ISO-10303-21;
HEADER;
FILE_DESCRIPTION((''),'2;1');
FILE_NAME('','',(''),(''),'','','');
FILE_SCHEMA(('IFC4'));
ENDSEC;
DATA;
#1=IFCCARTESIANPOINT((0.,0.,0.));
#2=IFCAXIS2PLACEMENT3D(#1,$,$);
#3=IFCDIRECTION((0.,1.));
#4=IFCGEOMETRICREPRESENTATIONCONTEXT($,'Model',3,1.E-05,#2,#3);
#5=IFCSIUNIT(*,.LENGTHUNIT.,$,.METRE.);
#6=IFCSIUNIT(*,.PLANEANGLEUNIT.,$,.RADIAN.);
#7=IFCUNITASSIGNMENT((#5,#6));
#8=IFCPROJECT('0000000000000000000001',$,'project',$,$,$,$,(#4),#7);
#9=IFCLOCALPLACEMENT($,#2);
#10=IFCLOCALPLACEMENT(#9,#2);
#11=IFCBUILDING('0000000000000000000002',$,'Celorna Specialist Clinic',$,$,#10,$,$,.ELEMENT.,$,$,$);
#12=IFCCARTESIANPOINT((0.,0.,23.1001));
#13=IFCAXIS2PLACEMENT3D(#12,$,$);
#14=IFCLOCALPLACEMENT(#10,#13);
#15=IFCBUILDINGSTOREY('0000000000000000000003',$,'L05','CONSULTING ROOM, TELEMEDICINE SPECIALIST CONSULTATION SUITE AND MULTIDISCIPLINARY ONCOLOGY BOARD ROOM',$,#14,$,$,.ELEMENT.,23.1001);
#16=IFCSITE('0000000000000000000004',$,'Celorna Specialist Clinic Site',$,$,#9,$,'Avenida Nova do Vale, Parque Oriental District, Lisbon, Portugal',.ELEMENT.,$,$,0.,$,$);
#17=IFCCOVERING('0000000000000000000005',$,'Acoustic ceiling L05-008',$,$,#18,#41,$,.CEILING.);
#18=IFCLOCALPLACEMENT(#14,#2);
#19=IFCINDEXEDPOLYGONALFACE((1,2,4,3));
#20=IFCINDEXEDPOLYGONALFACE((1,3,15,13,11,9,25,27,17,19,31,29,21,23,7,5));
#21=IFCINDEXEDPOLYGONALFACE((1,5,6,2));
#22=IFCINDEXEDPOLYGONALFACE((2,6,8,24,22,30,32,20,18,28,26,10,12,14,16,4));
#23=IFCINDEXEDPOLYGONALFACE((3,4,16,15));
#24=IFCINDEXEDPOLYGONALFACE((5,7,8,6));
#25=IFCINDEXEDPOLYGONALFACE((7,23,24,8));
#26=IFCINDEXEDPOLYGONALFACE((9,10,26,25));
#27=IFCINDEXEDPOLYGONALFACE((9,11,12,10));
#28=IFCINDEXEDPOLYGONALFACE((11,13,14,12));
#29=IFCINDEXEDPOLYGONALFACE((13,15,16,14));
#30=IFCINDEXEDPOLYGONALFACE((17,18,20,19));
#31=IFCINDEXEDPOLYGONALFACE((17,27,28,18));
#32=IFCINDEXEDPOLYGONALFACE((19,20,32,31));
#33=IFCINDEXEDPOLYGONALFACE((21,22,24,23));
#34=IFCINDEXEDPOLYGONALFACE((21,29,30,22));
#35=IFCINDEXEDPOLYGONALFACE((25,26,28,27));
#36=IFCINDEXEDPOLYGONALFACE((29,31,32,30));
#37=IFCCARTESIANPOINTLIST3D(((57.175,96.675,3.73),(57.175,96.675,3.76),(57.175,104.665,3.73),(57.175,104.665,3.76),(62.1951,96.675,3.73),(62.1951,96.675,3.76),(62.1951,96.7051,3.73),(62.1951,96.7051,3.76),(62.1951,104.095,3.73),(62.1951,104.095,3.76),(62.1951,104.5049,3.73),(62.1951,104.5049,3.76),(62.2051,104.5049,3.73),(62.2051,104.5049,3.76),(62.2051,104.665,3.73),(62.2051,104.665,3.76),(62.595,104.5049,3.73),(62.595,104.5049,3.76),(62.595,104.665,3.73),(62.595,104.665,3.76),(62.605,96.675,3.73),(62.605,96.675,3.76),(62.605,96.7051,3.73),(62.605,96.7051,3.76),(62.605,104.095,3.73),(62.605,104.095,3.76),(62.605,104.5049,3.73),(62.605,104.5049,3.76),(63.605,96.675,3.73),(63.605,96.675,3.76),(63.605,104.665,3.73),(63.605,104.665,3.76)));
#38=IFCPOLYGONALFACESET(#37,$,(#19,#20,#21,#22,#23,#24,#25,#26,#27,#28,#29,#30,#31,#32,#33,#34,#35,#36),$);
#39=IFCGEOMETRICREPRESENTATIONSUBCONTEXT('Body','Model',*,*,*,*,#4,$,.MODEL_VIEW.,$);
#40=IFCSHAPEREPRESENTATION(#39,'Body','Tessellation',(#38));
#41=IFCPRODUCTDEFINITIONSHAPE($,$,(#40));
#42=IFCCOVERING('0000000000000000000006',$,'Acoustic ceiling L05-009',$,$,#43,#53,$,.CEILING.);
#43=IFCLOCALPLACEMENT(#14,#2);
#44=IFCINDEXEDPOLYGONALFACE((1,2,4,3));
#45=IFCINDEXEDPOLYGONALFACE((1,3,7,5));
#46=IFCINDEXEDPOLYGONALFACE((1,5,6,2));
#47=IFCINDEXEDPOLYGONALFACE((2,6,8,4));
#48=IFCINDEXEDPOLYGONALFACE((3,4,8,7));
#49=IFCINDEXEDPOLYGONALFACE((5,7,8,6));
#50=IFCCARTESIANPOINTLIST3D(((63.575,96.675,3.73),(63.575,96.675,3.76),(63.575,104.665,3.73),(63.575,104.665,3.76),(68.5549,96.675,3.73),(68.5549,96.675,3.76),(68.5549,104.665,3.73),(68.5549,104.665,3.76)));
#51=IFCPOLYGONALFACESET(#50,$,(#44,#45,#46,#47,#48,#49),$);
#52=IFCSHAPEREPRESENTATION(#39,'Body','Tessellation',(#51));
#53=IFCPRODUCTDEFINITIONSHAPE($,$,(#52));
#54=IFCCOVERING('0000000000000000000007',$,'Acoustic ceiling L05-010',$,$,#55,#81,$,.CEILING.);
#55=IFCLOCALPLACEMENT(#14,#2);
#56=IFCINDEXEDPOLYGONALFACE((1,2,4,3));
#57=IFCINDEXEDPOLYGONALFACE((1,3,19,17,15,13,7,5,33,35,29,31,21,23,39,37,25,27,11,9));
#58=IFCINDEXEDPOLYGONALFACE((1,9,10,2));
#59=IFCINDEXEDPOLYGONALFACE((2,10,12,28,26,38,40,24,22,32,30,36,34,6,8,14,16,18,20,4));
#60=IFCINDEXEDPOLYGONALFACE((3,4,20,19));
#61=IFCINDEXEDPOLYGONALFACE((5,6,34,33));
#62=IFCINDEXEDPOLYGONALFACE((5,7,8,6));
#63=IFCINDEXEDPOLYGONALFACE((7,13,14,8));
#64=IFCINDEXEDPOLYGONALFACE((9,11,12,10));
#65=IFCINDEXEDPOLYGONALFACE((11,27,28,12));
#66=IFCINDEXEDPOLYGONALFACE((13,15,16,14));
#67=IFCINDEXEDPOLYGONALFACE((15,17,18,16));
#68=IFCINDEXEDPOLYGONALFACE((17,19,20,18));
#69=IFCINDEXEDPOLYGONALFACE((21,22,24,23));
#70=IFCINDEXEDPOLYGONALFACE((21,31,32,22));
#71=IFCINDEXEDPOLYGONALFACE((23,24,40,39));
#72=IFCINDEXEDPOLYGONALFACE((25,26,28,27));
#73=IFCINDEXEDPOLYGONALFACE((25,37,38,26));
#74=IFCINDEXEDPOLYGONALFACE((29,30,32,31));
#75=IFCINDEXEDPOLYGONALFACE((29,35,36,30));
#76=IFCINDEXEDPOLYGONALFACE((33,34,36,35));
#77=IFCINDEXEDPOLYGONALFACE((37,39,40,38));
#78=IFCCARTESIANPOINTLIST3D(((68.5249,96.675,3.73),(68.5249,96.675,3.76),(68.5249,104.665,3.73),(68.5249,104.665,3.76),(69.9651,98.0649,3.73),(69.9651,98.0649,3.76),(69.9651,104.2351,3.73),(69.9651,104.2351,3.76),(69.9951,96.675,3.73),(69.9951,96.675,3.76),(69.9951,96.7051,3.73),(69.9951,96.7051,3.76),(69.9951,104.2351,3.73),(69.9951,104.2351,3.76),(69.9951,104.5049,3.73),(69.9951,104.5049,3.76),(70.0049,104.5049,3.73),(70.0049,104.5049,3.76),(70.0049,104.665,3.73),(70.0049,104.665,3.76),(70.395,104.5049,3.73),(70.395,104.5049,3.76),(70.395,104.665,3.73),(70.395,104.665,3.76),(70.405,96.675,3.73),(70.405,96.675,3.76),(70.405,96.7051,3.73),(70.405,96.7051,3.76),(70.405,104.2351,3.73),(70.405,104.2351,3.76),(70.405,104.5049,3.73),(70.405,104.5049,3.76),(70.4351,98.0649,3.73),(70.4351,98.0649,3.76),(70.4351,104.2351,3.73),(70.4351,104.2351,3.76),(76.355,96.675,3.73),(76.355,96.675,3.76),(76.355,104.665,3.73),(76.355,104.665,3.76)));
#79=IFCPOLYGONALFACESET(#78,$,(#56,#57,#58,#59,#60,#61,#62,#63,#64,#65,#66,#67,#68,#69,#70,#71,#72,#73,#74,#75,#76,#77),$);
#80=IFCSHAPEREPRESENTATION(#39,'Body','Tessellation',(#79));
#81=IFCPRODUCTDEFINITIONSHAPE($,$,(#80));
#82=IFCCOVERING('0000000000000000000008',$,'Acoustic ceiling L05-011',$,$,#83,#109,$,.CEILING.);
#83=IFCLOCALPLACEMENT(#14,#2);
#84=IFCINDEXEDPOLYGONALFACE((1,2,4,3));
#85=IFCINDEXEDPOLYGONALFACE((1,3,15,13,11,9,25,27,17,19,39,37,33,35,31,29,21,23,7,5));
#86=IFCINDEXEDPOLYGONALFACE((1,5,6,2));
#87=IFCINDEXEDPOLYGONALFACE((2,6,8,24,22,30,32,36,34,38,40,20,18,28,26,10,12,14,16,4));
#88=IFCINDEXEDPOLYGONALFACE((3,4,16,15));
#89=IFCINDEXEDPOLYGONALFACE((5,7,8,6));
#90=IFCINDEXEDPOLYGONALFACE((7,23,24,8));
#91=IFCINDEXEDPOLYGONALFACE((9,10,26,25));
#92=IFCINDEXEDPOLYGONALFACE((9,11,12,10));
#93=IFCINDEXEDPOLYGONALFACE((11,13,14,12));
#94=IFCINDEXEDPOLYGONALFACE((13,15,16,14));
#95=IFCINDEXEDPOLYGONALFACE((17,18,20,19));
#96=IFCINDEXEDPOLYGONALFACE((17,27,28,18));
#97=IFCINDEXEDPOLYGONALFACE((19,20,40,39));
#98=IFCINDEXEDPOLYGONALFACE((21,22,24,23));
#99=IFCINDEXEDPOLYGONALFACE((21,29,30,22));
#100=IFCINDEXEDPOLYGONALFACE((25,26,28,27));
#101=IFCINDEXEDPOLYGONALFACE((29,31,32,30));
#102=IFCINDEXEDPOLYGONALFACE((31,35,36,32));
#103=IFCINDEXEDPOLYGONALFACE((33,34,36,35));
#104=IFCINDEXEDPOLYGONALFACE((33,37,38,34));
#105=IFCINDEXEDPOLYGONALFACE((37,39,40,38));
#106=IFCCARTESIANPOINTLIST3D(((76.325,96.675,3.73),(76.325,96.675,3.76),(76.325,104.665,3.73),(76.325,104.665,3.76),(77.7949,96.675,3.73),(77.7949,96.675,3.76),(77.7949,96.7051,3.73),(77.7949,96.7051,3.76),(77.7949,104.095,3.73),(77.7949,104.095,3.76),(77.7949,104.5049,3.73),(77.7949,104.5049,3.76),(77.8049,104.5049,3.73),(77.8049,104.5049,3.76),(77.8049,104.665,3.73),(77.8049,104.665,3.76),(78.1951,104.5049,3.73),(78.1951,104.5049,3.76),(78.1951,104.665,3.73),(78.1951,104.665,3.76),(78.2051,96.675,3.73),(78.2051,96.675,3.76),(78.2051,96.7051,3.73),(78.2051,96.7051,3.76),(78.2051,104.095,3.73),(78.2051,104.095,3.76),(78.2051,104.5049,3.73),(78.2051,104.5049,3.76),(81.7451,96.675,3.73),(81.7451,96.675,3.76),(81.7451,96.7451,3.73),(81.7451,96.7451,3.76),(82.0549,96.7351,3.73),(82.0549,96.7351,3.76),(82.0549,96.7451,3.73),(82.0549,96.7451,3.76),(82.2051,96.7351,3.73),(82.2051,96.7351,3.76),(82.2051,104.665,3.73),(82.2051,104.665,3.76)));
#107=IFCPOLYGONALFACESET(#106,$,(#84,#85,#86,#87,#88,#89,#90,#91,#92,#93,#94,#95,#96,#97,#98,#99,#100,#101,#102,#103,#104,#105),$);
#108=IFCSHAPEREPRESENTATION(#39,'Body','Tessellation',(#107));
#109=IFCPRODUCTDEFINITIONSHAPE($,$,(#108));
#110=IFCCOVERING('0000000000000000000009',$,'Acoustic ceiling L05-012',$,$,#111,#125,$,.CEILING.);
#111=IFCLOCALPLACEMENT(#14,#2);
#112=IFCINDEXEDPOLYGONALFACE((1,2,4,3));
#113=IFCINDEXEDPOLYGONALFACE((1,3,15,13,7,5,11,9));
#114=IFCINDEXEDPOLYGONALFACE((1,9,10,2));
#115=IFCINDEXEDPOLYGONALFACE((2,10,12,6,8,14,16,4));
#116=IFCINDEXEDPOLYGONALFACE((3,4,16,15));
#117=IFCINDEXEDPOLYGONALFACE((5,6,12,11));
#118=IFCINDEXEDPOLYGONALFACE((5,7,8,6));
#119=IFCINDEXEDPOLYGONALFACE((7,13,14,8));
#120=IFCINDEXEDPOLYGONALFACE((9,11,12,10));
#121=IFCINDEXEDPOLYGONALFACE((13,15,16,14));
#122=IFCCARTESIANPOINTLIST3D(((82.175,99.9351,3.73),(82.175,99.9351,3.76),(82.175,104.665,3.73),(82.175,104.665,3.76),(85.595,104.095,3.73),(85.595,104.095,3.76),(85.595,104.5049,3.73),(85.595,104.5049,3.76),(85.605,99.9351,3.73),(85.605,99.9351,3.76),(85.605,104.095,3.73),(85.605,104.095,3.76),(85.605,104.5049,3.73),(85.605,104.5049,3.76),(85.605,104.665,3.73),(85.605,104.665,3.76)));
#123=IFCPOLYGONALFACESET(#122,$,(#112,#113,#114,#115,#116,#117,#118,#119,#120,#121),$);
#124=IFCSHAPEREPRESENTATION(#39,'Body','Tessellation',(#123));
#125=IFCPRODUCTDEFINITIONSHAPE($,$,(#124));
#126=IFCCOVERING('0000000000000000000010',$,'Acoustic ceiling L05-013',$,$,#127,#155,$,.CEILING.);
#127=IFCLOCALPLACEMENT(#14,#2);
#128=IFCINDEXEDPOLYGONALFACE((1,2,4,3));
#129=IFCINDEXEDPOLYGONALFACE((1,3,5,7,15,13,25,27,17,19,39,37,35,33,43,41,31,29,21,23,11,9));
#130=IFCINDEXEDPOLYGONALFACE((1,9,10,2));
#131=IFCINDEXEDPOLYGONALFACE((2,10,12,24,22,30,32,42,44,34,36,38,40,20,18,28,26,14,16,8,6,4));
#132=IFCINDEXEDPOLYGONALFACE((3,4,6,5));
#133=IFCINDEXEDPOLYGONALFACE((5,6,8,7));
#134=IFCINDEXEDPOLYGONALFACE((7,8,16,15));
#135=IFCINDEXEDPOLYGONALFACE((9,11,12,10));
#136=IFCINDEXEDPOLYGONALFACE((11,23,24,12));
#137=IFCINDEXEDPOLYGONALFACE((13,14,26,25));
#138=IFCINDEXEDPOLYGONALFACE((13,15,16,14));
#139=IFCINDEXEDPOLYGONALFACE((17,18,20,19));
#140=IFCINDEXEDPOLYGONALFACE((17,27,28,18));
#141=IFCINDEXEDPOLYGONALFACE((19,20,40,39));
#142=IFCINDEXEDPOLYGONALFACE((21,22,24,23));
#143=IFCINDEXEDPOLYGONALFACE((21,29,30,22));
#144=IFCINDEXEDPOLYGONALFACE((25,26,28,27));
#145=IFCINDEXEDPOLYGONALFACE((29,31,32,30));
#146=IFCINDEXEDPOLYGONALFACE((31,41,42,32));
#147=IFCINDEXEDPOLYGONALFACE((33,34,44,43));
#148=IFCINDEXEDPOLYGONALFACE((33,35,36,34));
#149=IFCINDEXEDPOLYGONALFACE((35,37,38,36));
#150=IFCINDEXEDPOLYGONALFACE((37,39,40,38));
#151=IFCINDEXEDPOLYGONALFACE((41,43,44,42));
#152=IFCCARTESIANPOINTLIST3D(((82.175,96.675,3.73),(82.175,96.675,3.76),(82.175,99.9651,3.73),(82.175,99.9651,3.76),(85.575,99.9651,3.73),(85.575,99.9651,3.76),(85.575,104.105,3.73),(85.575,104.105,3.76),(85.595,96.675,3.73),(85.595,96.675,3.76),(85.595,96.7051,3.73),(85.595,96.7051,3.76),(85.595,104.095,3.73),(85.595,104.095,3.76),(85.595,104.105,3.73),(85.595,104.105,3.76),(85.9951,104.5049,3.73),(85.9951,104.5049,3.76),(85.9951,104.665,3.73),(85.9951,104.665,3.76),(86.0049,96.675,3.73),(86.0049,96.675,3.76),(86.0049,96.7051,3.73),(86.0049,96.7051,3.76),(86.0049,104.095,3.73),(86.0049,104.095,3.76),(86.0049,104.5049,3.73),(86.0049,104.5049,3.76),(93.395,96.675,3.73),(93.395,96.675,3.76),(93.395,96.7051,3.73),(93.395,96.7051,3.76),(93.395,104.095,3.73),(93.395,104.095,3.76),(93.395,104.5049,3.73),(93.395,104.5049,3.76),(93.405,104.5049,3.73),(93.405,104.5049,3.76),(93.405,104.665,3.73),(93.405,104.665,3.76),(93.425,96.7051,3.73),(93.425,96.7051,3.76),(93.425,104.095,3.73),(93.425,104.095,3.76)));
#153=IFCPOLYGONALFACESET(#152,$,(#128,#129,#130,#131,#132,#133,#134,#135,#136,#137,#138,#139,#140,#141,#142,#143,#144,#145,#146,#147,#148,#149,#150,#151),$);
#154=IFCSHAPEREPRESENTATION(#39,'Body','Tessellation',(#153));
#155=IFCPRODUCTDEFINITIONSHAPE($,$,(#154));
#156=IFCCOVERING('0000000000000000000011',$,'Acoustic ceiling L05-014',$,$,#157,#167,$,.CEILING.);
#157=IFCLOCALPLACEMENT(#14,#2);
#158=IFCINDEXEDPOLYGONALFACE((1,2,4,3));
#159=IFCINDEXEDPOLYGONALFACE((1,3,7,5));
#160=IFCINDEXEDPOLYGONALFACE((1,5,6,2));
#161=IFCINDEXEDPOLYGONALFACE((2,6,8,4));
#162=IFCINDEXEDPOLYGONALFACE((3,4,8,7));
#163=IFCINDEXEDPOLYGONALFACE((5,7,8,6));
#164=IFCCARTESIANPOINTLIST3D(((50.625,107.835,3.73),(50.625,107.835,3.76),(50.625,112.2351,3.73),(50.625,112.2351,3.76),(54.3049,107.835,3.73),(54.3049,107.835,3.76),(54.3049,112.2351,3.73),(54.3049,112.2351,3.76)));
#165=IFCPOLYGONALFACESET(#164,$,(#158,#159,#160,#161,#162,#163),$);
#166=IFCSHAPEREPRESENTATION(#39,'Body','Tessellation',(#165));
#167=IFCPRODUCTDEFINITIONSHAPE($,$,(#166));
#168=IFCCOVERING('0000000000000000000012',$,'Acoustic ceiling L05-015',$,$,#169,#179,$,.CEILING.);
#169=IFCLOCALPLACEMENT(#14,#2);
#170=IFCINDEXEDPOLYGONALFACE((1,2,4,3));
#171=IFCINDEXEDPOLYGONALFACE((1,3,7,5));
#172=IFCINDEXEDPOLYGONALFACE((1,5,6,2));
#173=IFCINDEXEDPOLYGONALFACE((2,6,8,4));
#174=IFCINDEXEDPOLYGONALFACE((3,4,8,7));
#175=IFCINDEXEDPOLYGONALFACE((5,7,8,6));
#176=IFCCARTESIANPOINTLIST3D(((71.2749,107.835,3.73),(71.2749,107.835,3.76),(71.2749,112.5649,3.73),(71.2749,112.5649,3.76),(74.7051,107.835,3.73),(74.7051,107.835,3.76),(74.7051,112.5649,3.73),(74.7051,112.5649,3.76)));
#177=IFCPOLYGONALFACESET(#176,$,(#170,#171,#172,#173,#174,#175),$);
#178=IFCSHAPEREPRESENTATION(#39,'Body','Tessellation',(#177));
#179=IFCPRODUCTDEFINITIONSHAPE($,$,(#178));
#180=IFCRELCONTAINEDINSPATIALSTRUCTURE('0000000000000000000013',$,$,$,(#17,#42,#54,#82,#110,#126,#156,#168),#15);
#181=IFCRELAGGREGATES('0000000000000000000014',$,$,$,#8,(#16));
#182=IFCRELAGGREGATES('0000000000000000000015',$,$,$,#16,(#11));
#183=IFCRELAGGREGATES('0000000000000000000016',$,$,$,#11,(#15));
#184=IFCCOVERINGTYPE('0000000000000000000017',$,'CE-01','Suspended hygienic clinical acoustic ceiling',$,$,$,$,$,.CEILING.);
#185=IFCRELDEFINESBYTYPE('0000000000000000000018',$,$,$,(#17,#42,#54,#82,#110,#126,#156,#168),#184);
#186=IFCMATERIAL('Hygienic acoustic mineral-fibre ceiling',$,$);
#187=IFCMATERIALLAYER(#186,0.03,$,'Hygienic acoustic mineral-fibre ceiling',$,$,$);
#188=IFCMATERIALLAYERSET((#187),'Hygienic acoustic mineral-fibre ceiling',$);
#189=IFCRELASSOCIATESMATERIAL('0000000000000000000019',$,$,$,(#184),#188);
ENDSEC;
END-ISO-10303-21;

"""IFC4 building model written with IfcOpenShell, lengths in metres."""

from ifc_helpers import new_model, si_unit, direction, frame, origin, place, context, subcontext, project, spatial, polyline, outline, extrude, material, layer, layer_set, type_object, element, save


model = new_model("IFC4")

# Units and contexts
model_context = context("Model", 3, precision=1e-05, world=origin(), true_north=direction((0.0, 1.0)))
body_context = subcontext(model_context, "Body", "Model", "MODEL_VIEW")
ifc_project = project(units=[si_unit("LENGTHUNIT", "METRE"), si_unit("PLANEANGLEUNIT", "RADIAN")], contexts=[model_context])

# Site, building, storey
site_placement = place(None, origin())
site = spatial("IfcSite", under=ifc_project, at=site_placement, Name="Celorna Specialist Clinic Site", LongName="Avenida Nova do Vale, Parque Oriental District, Lisbon, Portugal", CompositionType="ELEMENT", RefElevation=0.0)
building_placement = place(site_placement, origin())
building = spatial("IfcBuilding", under=site, at=building_placement, Name="Celorna Specialist Clinic", CompositionType="ELEMENT")
storey_placement = place(building_placement, frame((0.0, 0.0, 23.1001)))
storey = spatial("IfcBuildingStorey", under=building, at=storey_placement, Name="L05", Description="CONSULTING ROOM, TELEMEDICINE SPECIALIST CONSULTATION SUITE AND MULTIDISCIPLINARY ONCOLOGY BOARD ROOM", CompositionType="ELEMENT", Elevation=23.1001)

# Coverings
ifc_material_1 = material(Name="Hygienic acoustic mineral-fibre ceiling")
ifc_layer_1 = layer(ifc_material_1, 0.03, Name="Hygienic acoustic mineral-fibre ceiling")
ifc_layer_set_1 = layer_set([ifc_layer_1], Name="Hygienic acoustic mineral-fibre ceiling")
covering_type_1 = type_object("IfcCoveringType", Name="CE-01", Description="Suspended hygienic clinical acoustic ceiling", PredefinedType="CEILING", material=ifc_layer_set_1)
covering_1_placement = place(storey_placement, frame((0.0, 0.0, 3.73)))
element("IfcCovering", 1, at=covering_1_placement, inside=storey, type_object=covering_type_1, Name="Acoustic ceiling L05-008", PredefinedType="CEILING", context=body_context, shape_type="SweptSolid", body=[
    extrude(outline(polyline([(62.2051, 104.665), (62.2051, 104.5049), (62.1951, 104.5049), (62.1951, 104.095), (62.605, 104.095), (62.605, 104.5049), (62.595, 104.5049), (62.595, 104.665), (63.605, 104.665), (63.605, 96.675), (62.605, 96.675), (62.605, 96.7051), (62.1951, 96.7051), (62.1951, 96.675), (57.175, 96.675), (57.175, 104.665), (62.2051, 104.665)])), origin(), (0.0, 0.0, 1.0), 0.03),
])
covering_2_placement = place(storey_placement, frame((0.0, 0.0, 3.73)))
element("IfcCovering", 2, at=covering_2_placement, inside=storey, type_object=covering_type_1, Name="Acoustic ceiling L05-009", PredefinedType="CEILING", context=body_context, shape_type="SweptSolid", body=[
    extrude(outline(polyline([(68.5549, 104.665), (68.5549, 96.675), (63.575, 96.675), (63.575, 104.665), (68.5549, 104.665)])), origin(), (0.0, 0.0, 1.0), 0.03),
])
covering_3_placement = place(storey_placement, frame((0.0, 0.0, 3.73)))
element("IfcCovering", 3, at=covering_3_placement, inside=storey, type_object=covering_type_1, Name="Acoustic ceiling L05-010", PredefinedType="CEILING", context=body_context, shape_type="SweptSolid", body=[
    extrude(outline(polyline([(70.0049, 104.665), (70.0049, 104.5049), (69.9951, 104.5049), (69.9951, 104.2351), (69.9651, 104.2351), (69.9651, 98.0649), (70.4351, 98.0649), (70.4351, 104.2351), (70.405, 104.2351), (70.405, 104.5049), (70.395, 104.5049), (70.395, 104.665), (76.355, 104.665), (76.355, 96.675), (70.405, 96.675), (70.405, 96.7051), (69.9951, 96.7051), (69.9951, 96.675), (68.5249, 96.675), (68.5249, 104.665), (70.0049, 104.665)])), origin(), (0.0, 0.0, 1.0), 0.03),
])
covering_4_placement = place(storey_placement, frame((0.0, 0.0, 3.73)))
element("IfcCovering", 4, at=covering_4_placement, inside=storey, type_object=covering_type_1, Name="Acoustic ceiling L05-011", PredefinedType="CEILING", context=body_context, shape_type="SweptSolid", body=[
    extrude(outline(polyline([(77.8049, 104.665), (77.8049, 104.5049), (77.7949, 104.5049), (77.7949, 104.095), (78.2051, 104.095), (78.2051, 104.5049), (78.1951, 104.5049), (78.1951, 104.665), (82.2051, 104.665), (82.2051, 96.7351), (82.0549, 96.7351), (82.0549, 96.7451), (81.7451, 96.7451), (81.7451, 96.675), (78.2051, 96.675), (78.2051, 96.7051), (77.7949, 96.7051), (77.7949, 96.675), (76.325, 96.675), (76.325, 104.665), (77.8049, 104.665)])), origin(), (0.0, 0.0, 1.0), 0.03),
])
covering_5_placement = place(storey_placement, frame((0.0, 0.0, 3.73)))
element("IfcCovering", 5, at=covering_5_placement, inside=storey, type_object=covering_type_1, Name="Acoustic ceiling L05-012", PredefinedType="CEILING", context=body_context, shape_type="SweptSolid", body=[
    extrude(outline(polyline([(85.605, 104.665), (85.605, 104.5049), (85.595, 104.5049), (85.595, 104.095), (85.605, 104.095), (85.605, 99.9351), (82.175, 99.9351), (82.175, 104.665), (85.605, 104.665)])), origin(), (0.0, 0.0, 1.0), 0.03),
])
covering_6_placement = place(storey_placement, frame((0.0, 0.0, 3.73)))
element("IfcCovering", 6, at=covering_6_placement, inside=storey, type_object=covering_type_1, Name="Acoustic ceiling L05-013", PredefinedType="CEILING", context=body_context, shape_type="SweptSolid", body=[
    extrude(outline(polyline([(82.175, 96.675), (82.175, 99.9651), (85.575, 99.9651), (85.575, 104.105), (85.595, 104.105), (85.595, 104.095), (86.0049, 104.095), (86.0049, 104.5049), (85.9951, 104.5049), (85.9951, 104.665), (93.405, 104.665), (93.405, 104.5049), (93.395, 104.5049), (93.395, 104.095), (93.425, 104.095), (93.425, 96.7051), (93.395, 96.7051), (93.395, 96.675), (86.0049, 96.675), (86.0049, 96.7051), (85.595, 96.7051), (85.595, 96.675), (82.175, 96.675)])), origin(), (0.0, 0.0, 1.0), 0.03),
])
covering_7_placement = place(storey_placement, frame((0.0, 0.0, 3.73)))
element("IfcCovering", 7, at=covering_7_placement, inside=storey, type_object=covering_type_1, Name="Acoustic ceiling L05-014", PredefinedType="CEILING", context=body_context, shape_type="SweptSolid", body=[
    extrude(outline(polyline([(50.625, 112.2351), (54.3049, 112.2351), (54.3049, 107.835), (50.625, 107.835), (50.625, 112.2351)])), origin(), (0.0, 0.0, 1.0), 0.03),
])
covering_8_placement = place(storey_placement, frame((0.0, 0.0, 3.73)))
element("IfcCovering", 8, at=covering_8_placement, inside=storey, type_object=covering_type_1, Name="Acoustic ceiling L05-015", PredefinedType="CEILING", context=body_context, shape_type="SweptSolid", body=[
    extrude(outline(polyline([(74.7051, 112.5649), (74.7051, 107.835), (71.2749, 107.835), (71.2749, 112.5649), (74.7051, 112.5649)])), origin(), (0.0, 0.0, 1.0), 0.03),
])

save(model, "model.ifc")
